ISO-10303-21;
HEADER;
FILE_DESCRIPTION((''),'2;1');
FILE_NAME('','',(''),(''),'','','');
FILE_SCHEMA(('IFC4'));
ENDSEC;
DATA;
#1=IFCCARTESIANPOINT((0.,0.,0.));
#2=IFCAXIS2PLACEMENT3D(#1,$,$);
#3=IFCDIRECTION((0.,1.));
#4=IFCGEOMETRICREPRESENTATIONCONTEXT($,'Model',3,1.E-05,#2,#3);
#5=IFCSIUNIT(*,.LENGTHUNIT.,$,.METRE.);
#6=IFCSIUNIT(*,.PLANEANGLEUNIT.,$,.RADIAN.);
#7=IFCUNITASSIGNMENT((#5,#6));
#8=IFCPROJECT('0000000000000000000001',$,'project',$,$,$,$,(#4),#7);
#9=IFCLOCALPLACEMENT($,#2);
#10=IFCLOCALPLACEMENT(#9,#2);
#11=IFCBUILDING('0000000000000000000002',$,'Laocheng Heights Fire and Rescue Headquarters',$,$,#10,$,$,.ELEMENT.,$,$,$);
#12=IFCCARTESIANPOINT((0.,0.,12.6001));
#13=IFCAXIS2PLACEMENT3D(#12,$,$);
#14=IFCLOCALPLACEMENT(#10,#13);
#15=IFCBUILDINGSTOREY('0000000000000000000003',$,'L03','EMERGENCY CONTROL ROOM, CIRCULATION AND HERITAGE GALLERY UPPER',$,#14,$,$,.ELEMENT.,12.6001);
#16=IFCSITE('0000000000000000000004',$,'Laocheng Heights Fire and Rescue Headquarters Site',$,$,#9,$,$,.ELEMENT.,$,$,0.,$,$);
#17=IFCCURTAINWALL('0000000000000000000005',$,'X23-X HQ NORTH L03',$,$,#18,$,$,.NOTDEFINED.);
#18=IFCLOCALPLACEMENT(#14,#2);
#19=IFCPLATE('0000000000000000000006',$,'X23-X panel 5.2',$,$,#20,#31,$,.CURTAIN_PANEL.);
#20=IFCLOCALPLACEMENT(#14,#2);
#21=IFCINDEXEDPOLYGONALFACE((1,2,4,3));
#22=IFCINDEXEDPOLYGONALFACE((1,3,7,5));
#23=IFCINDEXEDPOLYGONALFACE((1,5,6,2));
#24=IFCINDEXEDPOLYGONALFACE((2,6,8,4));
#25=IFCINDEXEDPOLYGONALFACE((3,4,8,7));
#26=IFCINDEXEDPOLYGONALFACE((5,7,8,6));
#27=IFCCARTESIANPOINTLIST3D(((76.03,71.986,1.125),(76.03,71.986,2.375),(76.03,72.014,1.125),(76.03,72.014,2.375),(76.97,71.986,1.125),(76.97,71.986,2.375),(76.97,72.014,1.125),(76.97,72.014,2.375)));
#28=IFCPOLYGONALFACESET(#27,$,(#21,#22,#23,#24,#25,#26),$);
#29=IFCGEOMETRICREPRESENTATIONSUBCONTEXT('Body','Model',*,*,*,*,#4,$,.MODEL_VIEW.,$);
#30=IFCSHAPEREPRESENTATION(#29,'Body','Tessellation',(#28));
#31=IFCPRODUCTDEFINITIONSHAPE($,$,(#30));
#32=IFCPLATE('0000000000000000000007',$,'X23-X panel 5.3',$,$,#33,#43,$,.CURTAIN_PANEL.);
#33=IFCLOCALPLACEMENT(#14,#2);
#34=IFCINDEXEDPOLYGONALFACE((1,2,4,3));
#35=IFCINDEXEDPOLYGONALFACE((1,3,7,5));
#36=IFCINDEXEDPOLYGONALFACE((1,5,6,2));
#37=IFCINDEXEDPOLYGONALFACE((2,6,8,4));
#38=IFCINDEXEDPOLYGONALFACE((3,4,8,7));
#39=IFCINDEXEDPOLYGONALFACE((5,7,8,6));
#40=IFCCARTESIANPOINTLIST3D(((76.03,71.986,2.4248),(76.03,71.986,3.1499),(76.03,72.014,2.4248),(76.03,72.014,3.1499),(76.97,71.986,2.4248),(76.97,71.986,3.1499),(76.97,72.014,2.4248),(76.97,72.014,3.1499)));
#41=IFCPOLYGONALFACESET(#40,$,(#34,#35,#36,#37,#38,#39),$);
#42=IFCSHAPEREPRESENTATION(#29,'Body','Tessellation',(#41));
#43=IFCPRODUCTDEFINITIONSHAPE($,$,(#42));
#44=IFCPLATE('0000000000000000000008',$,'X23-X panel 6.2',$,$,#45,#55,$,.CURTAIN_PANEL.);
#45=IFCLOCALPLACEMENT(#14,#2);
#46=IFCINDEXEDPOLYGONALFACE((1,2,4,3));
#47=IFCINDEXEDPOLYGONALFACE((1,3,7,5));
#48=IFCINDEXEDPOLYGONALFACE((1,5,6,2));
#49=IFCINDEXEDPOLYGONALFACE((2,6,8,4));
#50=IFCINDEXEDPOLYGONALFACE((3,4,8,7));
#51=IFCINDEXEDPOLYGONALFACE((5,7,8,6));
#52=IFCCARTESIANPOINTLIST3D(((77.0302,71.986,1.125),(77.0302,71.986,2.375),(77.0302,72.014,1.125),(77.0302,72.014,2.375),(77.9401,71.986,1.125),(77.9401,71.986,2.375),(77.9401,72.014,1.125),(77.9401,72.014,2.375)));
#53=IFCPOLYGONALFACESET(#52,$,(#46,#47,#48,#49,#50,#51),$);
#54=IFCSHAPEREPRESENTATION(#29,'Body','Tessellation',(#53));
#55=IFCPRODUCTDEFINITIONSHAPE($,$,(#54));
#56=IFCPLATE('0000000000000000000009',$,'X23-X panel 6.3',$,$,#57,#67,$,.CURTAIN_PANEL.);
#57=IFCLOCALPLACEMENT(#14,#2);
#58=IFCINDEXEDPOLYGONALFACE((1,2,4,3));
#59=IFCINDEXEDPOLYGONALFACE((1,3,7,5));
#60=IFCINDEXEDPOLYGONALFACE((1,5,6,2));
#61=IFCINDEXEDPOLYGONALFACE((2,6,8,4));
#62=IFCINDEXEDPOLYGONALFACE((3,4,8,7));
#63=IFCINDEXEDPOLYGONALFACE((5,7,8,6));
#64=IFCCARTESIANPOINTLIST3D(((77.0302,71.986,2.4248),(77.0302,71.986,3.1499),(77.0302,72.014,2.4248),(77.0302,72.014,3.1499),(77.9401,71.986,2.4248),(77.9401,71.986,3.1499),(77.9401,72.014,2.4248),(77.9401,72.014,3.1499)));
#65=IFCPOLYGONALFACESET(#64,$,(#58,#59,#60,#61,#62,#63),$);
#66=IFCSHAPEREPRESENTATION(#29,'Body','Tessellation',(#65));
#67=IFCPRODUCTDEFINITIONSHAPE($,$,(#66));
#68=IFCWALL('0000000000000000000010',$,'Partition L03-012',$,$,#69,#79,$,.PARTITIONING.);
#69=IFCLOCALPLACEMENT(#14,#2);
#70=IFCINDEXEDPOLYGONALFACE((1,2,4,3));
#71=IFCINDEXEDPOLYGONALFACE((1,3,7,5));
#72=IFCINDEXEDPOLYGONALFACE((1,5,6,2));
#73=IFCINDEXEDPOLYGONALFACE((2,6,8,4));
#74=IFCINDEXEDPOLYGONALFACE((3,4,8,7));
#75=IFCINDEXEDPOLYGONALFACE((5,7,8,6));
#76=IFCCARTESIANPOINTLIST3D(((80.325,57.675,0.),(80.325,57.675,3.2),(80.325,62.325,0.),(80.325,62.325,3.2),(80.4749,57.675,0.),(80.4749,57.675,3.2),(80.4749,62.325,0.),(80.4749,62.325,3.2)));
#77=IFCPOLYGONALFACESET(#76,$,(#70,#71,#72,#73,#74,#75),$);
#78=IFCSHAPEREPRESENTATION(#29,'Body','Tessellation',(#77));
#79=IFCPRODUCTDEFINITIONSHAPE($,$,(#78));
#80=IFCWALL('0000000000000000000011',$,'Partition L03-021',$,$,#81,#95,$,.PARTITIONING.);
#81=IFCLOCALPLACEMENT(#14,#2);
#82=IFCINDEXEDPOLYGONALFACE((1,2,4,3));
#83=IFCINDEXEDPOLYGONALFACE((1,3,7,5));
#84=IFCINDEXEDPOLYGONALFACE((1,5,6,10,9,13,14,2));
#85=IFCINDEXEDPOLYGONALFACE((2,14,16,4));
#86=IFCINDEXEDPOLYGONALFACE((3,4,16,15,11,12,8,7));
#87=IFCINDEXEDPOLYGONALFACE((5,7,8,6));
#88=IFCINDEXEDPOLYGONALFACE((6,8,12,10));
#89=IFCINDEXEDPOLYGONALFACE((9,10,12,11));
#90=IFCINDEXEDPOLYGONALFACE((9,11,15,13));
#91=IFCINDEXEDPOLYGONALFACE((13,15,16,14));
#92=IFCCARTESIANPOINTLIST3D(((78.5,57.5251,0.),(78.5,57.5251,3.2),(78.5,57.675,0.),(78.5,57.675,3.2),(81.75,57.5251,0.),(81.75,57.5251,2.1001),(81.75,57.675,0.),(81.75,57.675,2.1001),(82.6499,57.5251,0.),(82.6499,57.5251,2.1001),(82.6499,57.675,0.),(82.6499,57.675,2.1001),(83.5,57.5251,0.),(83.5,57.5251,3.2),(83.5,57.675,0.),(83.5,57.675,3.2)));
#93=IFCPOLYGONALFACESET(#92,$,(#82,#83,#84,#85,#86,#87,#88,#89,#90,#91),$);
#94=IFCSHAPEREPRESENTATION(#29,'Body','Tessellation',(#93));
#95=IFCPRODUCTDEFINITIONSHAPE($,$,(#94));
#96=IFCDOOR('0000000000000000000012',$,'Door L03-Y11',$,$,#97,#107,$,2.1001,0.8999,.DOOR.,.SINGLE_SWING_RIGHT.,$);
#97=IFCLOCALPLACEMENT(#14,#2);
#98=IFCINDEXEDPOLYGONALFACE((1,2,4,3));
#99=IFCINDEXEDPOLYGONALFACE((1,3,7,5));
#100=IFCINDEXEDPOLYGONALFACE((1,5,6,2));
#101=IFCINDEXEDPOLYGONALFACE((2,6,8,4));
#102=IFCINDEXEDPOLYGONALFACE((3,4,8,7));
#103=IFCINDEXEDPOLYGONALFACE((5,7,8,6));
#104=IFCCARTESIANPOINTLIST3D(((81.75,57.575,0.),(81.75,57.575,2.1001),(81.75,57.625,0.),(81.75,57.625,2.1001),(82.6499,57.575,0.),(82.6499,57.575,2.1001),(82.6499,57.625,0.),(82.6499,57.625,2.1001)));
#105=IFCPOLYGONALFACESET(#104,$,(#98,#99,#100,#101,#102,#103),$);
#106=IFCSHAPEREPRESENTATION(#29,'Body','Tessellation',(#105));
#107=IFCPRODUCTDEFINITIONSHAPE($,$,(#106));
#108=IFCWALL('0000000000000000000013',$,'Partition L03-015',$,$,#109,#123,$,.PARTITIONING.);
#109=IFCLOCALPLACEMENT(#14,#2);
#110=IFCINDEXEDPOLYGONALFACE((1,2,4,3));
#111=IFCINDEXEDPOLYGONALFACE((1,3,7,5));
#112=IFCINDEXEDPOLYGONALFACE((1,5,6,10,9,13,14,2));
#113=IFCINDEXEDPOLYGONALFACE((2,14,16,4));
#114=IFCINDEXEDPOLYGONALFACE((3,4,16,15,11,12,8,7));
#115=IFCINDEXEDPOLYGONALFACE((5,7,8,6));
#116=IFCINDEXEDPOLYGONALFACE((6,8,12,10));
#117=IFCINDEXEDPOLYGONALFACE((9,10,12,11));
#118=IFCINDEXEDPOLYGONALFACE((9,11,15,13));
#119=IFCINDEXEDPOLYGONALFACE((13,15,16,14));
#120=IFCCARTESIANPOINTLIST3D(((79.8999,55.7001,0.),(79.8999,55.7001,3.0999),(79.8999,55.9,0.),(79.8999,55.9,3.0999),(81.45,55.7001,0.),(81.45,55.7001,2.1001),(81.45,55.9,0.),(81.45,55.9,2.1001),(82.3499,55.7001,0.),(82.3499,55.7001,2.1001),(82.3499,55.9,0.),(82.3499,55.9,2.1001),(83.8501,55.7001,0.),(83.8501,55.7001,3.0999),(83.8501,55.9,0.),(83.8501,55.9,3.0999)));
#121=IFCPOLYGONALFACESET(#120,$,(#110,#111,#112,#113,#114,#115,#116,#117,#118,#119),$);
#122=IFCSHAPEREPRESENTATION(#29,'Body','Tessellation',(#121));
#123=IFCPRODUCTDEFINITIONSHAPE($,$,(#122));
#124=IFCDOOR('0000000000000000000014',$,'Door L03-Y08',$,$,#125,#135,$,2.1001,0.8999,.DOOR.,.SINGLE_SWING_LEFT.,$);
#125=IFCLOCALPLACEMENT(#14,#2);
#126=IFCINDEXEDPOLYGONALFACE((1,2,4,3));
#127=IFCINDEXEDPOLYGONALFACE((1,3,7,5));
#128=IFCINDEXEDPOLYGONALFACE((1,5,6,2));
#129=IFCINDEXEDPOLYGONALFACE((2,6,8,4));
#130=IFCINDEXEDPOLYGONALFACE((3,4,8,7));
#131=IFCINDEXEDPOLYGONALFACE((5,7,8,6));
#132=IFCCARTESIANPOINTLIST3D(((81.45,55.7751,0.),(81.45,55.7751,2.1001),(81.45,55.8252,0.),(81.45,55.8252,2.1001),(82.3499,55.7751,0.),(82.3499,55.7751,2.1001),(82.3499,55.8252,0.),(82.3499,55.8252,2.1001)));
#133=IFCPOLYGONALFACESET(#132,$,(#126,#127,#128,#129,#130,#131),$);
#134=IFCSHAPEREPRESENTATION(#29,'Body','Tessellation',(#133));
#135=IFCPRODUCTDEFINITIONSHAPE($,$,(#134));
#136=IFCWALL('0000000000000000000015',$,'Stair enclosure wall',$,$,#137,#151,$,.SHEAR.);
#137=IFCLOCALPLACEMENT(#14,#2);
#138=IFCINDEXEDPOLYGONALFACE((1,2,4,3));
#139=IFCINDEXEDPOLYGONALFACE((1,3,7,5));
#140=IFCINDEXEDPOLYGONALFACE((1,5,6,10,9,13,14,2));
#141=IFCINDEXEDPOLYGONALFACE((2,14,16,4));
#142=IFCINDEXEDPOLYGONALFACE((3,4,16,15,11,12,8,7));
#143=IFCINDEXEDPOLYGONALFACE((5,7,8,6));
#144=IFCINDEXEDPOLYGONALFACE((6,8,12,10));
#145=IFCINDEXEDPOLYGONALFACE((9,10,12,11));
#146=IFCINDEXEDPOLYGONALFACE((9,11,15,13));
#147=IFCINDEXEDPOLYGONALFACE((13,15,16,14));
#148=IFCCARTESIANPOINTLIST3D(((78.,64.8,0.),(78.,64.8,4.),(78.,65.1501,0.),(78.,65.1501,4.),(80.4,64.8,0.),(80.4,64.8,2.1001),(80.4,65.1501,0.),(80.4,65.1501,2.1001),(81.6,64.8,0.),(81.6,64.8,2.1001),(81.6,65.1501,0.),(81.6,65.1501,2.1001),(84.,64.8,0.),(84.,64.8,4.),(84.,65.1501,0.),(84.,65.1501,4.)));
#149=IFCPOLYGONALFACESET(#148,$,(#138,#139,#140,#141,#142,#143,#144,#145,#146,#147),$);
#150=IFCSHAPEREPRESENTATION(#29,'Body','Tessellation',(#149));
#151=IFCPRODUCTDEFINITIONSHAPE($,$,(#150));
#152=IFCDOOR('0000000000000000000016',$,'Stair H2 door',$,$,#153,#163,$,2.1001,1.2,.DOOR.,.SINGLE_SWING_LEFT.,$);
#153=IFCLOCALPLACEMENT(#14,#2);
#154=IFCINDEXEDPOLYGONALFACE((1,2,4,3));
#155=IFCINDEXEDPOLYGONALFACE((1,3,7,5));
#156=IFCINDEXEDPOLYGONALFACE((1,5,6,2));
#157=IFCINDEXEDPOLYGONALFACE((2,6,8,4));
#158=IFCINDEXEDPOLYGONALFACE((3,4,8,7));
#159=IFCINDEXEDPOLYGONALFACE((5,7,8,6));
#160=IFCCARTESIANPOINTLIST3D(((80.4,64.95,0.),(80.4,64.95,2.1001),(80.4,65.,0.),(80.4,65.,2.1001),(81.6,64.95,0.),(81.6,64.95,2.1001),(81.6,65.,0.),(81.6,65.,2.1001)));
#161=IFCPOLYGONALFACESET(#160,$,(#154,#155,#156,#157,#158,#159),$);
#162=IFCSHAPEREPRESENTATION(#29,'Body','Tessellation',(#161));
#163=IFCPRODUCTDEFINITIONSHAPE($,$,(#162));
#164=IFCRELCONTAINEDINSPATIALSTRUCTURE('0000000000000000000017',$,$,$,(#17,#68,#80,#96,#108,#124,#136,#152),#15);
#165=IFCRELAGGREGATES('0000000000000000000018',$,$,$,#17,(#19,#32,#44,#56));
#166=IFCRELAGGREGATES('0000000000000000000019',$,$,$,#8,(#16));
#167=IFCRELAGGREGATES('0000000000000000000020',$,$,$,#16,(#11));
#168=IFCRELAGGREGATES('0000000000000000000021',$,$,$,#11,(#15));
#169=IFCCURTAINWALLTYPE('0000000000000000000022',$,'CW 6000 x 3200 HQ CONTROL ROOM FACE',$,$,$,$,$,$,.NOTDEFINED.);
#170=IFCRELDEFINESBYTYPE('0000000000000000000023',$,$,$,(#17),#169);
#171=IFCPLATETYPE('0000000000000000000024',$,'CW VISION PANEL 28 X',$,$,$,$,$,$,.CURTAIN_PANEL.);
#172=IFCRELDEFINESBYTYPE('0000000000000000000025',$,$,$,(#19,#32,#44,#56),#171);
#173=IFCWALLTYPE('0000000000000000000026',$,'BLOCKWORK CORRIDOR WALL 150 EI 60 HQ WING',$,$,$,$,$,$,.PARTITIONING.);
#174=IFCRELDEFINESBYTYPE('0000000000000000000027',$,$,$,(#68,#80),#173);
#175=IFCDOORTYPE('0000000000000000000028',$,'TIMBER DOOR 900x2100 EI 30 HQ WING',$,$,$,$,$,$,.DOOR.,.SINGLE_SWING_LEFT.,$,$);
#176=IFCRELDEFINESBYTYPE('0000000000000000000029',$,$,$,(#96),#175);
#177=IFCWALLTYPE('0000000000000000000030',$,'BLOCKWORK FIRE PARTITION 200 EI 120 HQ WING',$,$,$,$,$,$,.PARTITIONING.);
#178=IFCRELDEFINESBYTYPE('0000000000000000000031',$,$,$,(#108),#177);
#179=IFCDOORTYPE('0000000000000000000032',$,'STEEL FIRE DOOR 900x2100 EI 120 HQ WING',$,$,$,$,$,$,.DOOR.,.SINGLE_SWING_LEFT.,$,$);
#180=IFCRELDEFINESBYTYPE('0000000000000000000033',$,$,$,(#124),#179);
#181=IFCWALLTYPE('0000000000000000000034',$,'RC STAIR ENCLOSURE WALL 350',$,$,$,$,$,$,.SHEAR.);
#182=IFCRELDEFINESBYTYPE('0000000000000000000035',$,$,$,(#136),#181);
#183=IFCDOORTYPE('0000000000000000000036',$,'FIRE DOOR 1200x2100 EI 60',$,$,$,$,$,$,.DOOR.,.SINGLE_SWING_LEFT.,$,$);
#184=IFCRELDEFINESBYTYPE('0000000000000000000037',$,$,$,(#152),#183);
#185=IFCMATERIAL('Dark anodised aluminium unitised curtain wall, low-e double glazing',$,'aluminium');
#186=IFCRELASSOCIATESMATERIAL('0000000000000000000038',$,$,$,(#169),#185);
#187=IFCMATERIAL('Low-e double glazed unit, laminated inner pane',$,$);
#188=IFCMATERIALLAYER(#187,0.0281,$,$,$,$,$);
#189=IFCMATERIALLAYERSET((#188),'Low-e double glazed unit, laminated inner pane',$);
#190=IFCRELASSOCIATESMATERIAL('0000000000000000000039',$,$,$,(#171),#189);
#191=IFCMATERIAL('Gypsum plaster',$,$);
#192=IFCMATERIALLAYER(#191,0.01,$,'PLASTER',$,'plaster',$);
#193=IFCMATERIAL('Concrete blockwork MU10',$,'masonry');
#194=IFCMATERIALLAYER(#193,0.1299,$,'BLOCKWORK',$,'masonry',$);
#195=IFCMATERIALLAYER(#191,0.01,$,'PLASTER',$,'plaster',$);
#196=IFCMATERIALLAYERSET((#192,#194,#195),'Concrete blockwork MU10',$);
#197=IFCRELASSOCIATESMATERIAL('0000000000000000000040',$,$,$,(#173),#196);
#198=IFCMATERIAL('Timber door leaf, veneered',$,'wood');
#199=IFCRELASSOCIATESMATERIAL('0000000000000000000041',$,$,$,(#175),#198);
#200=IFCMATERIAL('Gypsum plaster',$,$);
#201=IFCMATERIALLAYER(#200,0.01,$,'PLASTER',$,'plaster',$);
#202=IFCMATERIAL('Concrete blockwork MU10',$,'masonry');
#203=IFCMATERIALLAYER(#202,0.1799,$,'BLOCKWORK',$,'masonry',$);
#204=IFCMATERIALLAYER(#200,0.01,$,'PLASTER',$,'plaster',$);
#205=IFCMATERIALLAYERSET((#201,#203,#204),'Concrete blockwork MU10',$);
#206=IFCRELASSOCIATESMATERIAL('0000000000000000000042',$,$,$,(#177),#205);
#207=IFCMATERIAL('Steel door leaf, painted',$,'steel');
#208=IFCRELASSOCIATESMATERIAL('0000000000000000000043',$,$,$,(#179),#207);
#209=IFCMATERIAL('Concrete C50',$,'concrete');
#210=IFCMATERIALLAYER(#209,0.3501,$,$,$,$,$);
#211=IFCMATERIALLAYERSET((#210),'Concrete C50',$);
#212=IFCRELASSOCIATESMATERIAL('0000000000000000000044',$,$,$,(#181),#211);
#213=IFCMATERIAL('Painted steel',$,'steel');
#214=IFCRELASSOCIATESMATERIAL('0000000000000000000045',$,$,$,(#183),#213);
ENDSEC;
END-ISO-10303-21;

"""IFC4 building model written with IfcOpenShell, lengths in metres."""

from ifc_helpers import new_model, si_unit, direction, frame, frame_2d, origin, origin_2d, place, context, subcontext, project, spatial, rectangle, extrude, material, layer, layer_set, type_object, element, fill, aggregate, save


model = new_model("IFC4")

# Units and contexts
model_context = context("Model", 3, precision=1e-05, world=origin(), true_north=direction((0.0, 1.0)))
body_context = subcontext(model_context, "Body", "Model", "MODEL_VIEW")
ifc_project = project(units=[si_unit("LENGTHUNIT", "METRE"), si_unit("PLANEANGLEUNIT", "RADIAN")], contexts=[model_context])

# Site, building, storey
site_placement = place(None, origin())
site = spatial("IfcSite", under=ifc_project, at=site_placement, Name="Laocheng Heights Fire and Rescue Headquarters Site", CompositionType="ELEMENT", RefElevation=0.0)
building_placement = place(site_placement, origin())
building = spatial("IfcBuilding", under=site, at=building_placement, Name="Laocheng Heights Fire and Rescue Headquarters", CompositionType="ELEMENT")
storey_placement = place(building_placement, frame((0.0, 0.0, 12.6001)))
storey = spatial("IfcBuildingStorey", under=building, at=storey_placement, Name="L03", Description="EMERGENCY CONTROL ROOM, CIRCULATION AND HERITAGE GALLERY UPPER", CompositionType="ELEMENT", Elevation=12.6001)

# Curtain wall
ifc_material_1 = material(Name="Dark anodised aluminium unitised curtain wall, low-e double glazing", Category="aluminium")
curtain_wall_type = type_object("IfcCurtainWallType", Name="CW 6000 x 3200 HQ CONTROL ROOM FACE", PredefinedType="NOTDEFINED", material=ifc_material_1)
curtain_wall_placement = place(storey_placement, origin())
curtain_wall = element("IfcCurtainWall", 1, at=curtain_wall_placement, inside=storey, type_object=curtain_wall_type, Name="X23-X HQ NORTH L03", PredefinedType="NOTDEFINED")

# Plates
ifc_material_2 = material(Name="Low-e double glazed unit, laminated inner pane")
ifc_layer_1 = layer(ifc_material_2, 0.0281)
ifc_layer_set_1 = layer_set([ifc_layer_1], Name="Low-e double glazed unit, laminated inner pane")
plate_type_1 = type_object("IfcPlateType", Name="CW VISION PANEL 28 X", PredefinedType="CURTAIN_PANEL", material=ifc_layer_set_1)
plate_1_placement = place(storey_placement, frame((76.5, 72.0, 1.125), z_axis=(0.0, 0.0, 1.0), x_axis=(1.0, 0.0, 0.0)))
plate_1 = element("IfcPlate", 2, at=plate_1_placement, type_object=plate_type_1, Name="X23-X panel 5.2", PredefinedType="CURTAIN_PANEL", context=body_context, shape_type="SweptSolid", body=[
    extrude(rectangle(XDim=0.9399, YDim=0.0281, at=origin_2d()), origin(), (0.0, 0.0, 1.0), 1.25),
])
plate_2_placement = place(storey_placement, frame((76.5, 72.0, 2.4248), z_axis=(0.0, 0.0, 1.0), x_axis=(1.0, 0.0, 0.0)))
plate_2 = element("IfcPlate", 3, at=plate_2_placement, type_object=plate_type_1, Name="X23-X panel 5.3", PredefinedType="CURTAIN_PANEL", context=body_context, shape_type="SweptSolid", body=[
    extrude(rectangle(XDim=0.9399, YDim=0.0281, at=origin_2d()), origin(), (0.0, 0.0, 1.0), 0.7251),
])
plate_3_placement = place(storey_placement, frame((77.4851, 72.0, 1.125), z_axis=(0.0, 0.0, 1.0), x_axis=(1.0, 0.0, 0.0)))
plate_3 = element("IfcPlate", 4, at=plate_3_placement, type_object=plate_type_1, Name="X23-X panel 6.2", PredefinedType="CURTAIN_PANEL", context=body_context, shape_type="SweptSolid", body=[
    extrude(rectangle(XDim=0.9099, YDim=0.0281, at=origin_2d()), origin(), (0.0, 0.0, 1.0), 1.25),
])
plate_4_placement = place(storey_placement, frame((77.4851, 72.0, 2.4248), z_axis=(0.0, 0.0, 1.0), x_axis=(1.0, 0.0, 0.0)))
plate_4 = element("IfcPlate", 5, at=plate_4_placement, type_object=plate_type_1, Name="X23-X panel 6.3", PredefinedType="CURTAIN_PANEL", context=body_context, shape_type="SweptSolid", body=[
    extrude(rectangle(XDim=0.9099, YDim=0.0281, at=origin_2d()), origin(), (0.0, 0.0, 1.0), 0.7251),
])
aggregate(curtain_wall, [plate_1, plate_2, plate_3, plate_4])

# Wall
ifc_material_3 = material(Name="Gypsum plaster")
ifc_layer_2 = layer(ifc_material_3, 0.01, Name="PLASTER", Category="plaster")
ifc_material_4 = material(Name="Concrete blockwork MU10", Category="masonry")
ifc_layer_3 = layer(ifc_material_4, 0.1299, Name="BLOCKWORK", Category="masonry")
ifc_layer_4 = layer(ifc_material_3, 0.01, Name="PLASTER", Category="plaster")
ifc_layer_set_2 = layer_set([ifc_layer_2, ifc_layer_3, ifc_layer_4], Name="Concrete blockwork MU10")
wall_type_1 = type_object("IfcWallType", Name="BLOCKWORK CORRIDOR WALL 150 EI 60 HQ WING", PredefinedType="PARTITIONING", material=ifc_layer_set_2)
wall_1_placement = place(storey_placement, frame((80.3999, 57.675, 0.0), z_axis=(0.0, 0.0, 1.0), x_axis=(0.0, 1.0, 0.0)))
element("IfcWall", 6, at=wall_1_placement, inside=storey, type_object=wall_type_1, Name="Partition L03-012", PredefinedType="PARTITIONING", context=body_context, shape_type="SweptSolid", body=[
    extrude(rectangle(XDim=4.6499, YDim=0.1499, at=frame_2d((2.325, 0.0))), origin(), (0.0, 0.0, 1.0), 3.2),
])

# Walls, openings, doors
wall_2_placement = place(storey_placement, frame((78.5, 57.6001, 0.0), z_axis=(0.0, 0.0, 1.0), x_axis=(1.0, 0.0, 0.0)))
wall_2 = element("IfcWall", 7, at=wall_2_placement, inside=storey, type_object=wall_type_1, Name="Partition L03-021", PredefinedType="PARTITIONING", context=body_context, shape_type="SweptSolid", body=[
    extrude(rectangle(XDim=5.0, YDim=0.1499, at=frame_2d((2.5, 0.0))), origin(), (0.0, 0.0, 1.0), 3.2),
])
opening_1_placement = place(wall_2_placement, frame((3.25, 0.0, 0.0)))
opening_1 = element("IfcOpeningElement", 8, at=opening_1_placement, cuts=wall_2, PredefinedType="OPENING", context=body_context, shape_type="SweptSolid", body=[
    extrude(rectangle(XDim=0.8999, YDim=2.1001, at=frame_2d((0.45, 1.05))), frame((0.0, 0.085, 0.0), z_axis=(0.0, -1.0, 0.0), x_axis=(1.0, 0.0, 0.0)), (0.0, 0.0, 1.0), 0.1699),
])
ifc_material_5 = material(Name="Timber door leaf, veneered", Category="wood")
door_type_1 = type_object("IfcDoorType", Name="TIMBER DOOR 900x2100 EI 30 HQ WING", OperationType="SINGLE_SWING_LEFT", PredefinedType="DOOR", material=ifc_material_5)
door_1_placement = place(opening_1_placement, origin())
door_1 = element("IfcDoor", 9, at=door_1_placement, inside=storey, type_object=door_type_1, Name="Door L03-Y11", OperationType="SINGLE_SWING_RIGHT", OverallHeight=2.1001, OverallWidth=0.8999, PredefinedType="DOOR", context=body_context, shape_type="SweptSolid", body=[
    extrude(rectangle(XDim=0.8999, YDim=2.1001, at=frame_2d((0.45, 1.05))), frame((0.0, 0.0249, 0.0), z_axis=(0.0, -1.0, 0.0), x_axis=(1.0, 0.0, 0.0)), (0.0, 0.0, 1.0), 0.05),
])
fill(opening_1, door_1)
ifc_material_6 = material(Name="Gypsum plaster")
ifc_layer_5 = layer(ifc_material_6, 0.01, Name="PLASTER", Category="plaster")
ifc_material_7 = material(Name="Concrete blockwork MU10", Category="masonry")
ifc_layer_6 = layer(ifc_material_7, 0.1799, Name="BLOCKWORK", Category="masonry")
ifc_layer_7 = layer(ifc_material_6, 0.01, Name="PLASTER", Category="plaster")
ifc_layer_set_3 = layer_set([ifc_layer_5, ifc_layer_6, ifc_layer_7], Name="Concrete blockwork MU10")
wall_type_2 = type_object("IfcWallType", Name="BLOCKWORK FIRE PARTITION 200 EI 120 HQ WING", PredefinedType="PARTITIONING", material=ifc_layer_set_3)
wall_3_placement = place(storey_placement, frame((79.8999, 55.8, 0.0), z_axis=(0.0, 0.0, 1.0), x_axis=(1.0, 0.0, 0.0)))
wall_3 = element("IfcWall", 10, at=wall_3_placement, inside=storey, type_object=wall_type_2, Name="Partition L03-015", PredefinedType="PARTITIONING", context=body_context, shape_type="SweptSolid", body=[
    extrude(rectangle(XDim=3.9502, YDim=0.2, at=frame_2d((1.9751, 0.0))), origin(), (0.0, 0.0, 1.0), 3.0999),
])
opening_2_placement = place(wall_3_placement, frame((1.55, 0.0, 0.0)))
opening_2 = element("IfcOpeningElement", 11, at=opening_2_placement, cuts=wall_3, PredefinedType="OPENING", context=body_context, shape_type="SweptSolid", body=[
    extrude(rectangle(XDim=0.8999, YDim=2.1001, at=frame_2d((0.45, 1.05))), frame((0.0, 0.1099, 0.0), z_axis=(0.0, -1.0, 0.0), x_axis=(1.0, 0.0, 0.0)), (0.0, 0.0, 1.0), 0.22),
])
ifc_material_8 = material(Name="Steel door leaf, painted", Category="steel")
door_type_2 = type_object("IfcDoorType", Name="STEEL FIRE DOOR 900x2100 EI 120 HQ WING", OperationType="SINGLE_SWING_LEFT", PredefinedType="DOOR", material=ifc_material_8)
door_2_placement = place(opening_2_placement, frame((0.8999, 0.0, 0.0), z_axis=(0.0, 0.0, 1.0), x_axis=(-1.0, 0.0, 0.0)))
door_2 = element("IfcDoor", 12, at=door_2_placement, inside=storey, type_object=door_type_2, Name="Door L03-Y08", OperationType="SINGLE_SWING_LEFT", OverallHeight=2.1001, OverallWidth=0.8999, PredefinedType="DOOR", context=body_context, shape_type="SweptSolid", body=[
    extrude(rectangle(XDim=0.8999, YDim=2.1001, at=frame_2d((0.45, 1.05))), frame((0.0, 0.0249, 0.0), z_axis=(0.0, -1.0, 0.0), x_axis=(1.0, 0.0, 0.0)), (0.0, 0.0, 1.0), 0.05),
])
fill(opening_2, door_2)
ifc_material_9 = material(Name="Concrete C50", Category="concrete")
ifc_layer_8 = layer(ifc_material_9, 0.3501)
ifc_layer_set_4 = layer_set([ifc_layer_8], Name="Concrete C50")
wall_type_3 = type_object("IfcWallType", Name="RC STAIR ENCLOSURE WALL 350", PredefinedType="SHEAR", material=ifc_layer_set_4)
wall_4_placement = place(storey_placement, frame((78.0, 64.9751, 0.0), z_axis=(0.0, 0.0, 1.0), x_axis=(1.0, 0.0, 0.0)))
wall_4 = element("IfcWall", 13, at=wall_4_placement, inside=storey, type_object=wall_type_3, Name="Stair enclosure wall", PredefinedType="SHEAR", context=body_context, shape_type="SweptSolid", body=[
    extrude(rectangle(XDim=6.0, YDim=0.3501, at=frame_2d((3.0, 0.0))), origin(), (0.0, 0.0, 1.0), 4.0),
])
opening_3_placement = place(wall_4_placement, frame((2.3999, 0.0, 0.0)))
opening_3 = element("IfcOpeningElement", 14, at=opening_3_placement, cuts=wall_4, PredefinedType="OPENING", context=body_context, shape_type="SweptSolid", body=[
    extrude(rectangle(XDim=1.2, YDim=2.1001, at=frame_2d((0.6001, 1.05))), frame((0.0, 0.1851, 0.0), z_axis=(0.0, -1.0, 0.0), x_axis=(1.0, 0.0, 0.0)), (0.0, 0.0, 1.0), 0.3701),
])
ifc_material_10 = material(Name="Painted steel", Category="steel")
door_type_3 = type_object("IfcDoorType", Name="FIRE DOOR 1200x2100 EI 60", OperationType="SINGLE_SWING_LEFT", PredefinedType="DOOR", material=ifc_material_10)
door_3_placement = place(opening_3_placement, origin())
door_3 = element("IfcDoor", 15, at=door_3_placement, inside=storey, type_object=door_type_3, Name="Stair H2 door", OperationType="SINGLE_SWING_LEFT", OverallHeight=2.1001, OverallWidth=1.2, PredefinedType="DOOR", context=body_context, shape_type="SweptSolid", body=[
    extrude(rectangle(XDim=1.2, YDim=2.1001, at=frame_2d((0.6001, 1.05))), frame((0.0, 0.0249, 0.0), z_axis=(0.0, -1.0, 0.0), x_axis=(1.0, 0.0, 0.0)), (0.0, 0.0, 1.0), 0.05),
])
fill(opening_3, door_3)

save(model, "model.ifc")
